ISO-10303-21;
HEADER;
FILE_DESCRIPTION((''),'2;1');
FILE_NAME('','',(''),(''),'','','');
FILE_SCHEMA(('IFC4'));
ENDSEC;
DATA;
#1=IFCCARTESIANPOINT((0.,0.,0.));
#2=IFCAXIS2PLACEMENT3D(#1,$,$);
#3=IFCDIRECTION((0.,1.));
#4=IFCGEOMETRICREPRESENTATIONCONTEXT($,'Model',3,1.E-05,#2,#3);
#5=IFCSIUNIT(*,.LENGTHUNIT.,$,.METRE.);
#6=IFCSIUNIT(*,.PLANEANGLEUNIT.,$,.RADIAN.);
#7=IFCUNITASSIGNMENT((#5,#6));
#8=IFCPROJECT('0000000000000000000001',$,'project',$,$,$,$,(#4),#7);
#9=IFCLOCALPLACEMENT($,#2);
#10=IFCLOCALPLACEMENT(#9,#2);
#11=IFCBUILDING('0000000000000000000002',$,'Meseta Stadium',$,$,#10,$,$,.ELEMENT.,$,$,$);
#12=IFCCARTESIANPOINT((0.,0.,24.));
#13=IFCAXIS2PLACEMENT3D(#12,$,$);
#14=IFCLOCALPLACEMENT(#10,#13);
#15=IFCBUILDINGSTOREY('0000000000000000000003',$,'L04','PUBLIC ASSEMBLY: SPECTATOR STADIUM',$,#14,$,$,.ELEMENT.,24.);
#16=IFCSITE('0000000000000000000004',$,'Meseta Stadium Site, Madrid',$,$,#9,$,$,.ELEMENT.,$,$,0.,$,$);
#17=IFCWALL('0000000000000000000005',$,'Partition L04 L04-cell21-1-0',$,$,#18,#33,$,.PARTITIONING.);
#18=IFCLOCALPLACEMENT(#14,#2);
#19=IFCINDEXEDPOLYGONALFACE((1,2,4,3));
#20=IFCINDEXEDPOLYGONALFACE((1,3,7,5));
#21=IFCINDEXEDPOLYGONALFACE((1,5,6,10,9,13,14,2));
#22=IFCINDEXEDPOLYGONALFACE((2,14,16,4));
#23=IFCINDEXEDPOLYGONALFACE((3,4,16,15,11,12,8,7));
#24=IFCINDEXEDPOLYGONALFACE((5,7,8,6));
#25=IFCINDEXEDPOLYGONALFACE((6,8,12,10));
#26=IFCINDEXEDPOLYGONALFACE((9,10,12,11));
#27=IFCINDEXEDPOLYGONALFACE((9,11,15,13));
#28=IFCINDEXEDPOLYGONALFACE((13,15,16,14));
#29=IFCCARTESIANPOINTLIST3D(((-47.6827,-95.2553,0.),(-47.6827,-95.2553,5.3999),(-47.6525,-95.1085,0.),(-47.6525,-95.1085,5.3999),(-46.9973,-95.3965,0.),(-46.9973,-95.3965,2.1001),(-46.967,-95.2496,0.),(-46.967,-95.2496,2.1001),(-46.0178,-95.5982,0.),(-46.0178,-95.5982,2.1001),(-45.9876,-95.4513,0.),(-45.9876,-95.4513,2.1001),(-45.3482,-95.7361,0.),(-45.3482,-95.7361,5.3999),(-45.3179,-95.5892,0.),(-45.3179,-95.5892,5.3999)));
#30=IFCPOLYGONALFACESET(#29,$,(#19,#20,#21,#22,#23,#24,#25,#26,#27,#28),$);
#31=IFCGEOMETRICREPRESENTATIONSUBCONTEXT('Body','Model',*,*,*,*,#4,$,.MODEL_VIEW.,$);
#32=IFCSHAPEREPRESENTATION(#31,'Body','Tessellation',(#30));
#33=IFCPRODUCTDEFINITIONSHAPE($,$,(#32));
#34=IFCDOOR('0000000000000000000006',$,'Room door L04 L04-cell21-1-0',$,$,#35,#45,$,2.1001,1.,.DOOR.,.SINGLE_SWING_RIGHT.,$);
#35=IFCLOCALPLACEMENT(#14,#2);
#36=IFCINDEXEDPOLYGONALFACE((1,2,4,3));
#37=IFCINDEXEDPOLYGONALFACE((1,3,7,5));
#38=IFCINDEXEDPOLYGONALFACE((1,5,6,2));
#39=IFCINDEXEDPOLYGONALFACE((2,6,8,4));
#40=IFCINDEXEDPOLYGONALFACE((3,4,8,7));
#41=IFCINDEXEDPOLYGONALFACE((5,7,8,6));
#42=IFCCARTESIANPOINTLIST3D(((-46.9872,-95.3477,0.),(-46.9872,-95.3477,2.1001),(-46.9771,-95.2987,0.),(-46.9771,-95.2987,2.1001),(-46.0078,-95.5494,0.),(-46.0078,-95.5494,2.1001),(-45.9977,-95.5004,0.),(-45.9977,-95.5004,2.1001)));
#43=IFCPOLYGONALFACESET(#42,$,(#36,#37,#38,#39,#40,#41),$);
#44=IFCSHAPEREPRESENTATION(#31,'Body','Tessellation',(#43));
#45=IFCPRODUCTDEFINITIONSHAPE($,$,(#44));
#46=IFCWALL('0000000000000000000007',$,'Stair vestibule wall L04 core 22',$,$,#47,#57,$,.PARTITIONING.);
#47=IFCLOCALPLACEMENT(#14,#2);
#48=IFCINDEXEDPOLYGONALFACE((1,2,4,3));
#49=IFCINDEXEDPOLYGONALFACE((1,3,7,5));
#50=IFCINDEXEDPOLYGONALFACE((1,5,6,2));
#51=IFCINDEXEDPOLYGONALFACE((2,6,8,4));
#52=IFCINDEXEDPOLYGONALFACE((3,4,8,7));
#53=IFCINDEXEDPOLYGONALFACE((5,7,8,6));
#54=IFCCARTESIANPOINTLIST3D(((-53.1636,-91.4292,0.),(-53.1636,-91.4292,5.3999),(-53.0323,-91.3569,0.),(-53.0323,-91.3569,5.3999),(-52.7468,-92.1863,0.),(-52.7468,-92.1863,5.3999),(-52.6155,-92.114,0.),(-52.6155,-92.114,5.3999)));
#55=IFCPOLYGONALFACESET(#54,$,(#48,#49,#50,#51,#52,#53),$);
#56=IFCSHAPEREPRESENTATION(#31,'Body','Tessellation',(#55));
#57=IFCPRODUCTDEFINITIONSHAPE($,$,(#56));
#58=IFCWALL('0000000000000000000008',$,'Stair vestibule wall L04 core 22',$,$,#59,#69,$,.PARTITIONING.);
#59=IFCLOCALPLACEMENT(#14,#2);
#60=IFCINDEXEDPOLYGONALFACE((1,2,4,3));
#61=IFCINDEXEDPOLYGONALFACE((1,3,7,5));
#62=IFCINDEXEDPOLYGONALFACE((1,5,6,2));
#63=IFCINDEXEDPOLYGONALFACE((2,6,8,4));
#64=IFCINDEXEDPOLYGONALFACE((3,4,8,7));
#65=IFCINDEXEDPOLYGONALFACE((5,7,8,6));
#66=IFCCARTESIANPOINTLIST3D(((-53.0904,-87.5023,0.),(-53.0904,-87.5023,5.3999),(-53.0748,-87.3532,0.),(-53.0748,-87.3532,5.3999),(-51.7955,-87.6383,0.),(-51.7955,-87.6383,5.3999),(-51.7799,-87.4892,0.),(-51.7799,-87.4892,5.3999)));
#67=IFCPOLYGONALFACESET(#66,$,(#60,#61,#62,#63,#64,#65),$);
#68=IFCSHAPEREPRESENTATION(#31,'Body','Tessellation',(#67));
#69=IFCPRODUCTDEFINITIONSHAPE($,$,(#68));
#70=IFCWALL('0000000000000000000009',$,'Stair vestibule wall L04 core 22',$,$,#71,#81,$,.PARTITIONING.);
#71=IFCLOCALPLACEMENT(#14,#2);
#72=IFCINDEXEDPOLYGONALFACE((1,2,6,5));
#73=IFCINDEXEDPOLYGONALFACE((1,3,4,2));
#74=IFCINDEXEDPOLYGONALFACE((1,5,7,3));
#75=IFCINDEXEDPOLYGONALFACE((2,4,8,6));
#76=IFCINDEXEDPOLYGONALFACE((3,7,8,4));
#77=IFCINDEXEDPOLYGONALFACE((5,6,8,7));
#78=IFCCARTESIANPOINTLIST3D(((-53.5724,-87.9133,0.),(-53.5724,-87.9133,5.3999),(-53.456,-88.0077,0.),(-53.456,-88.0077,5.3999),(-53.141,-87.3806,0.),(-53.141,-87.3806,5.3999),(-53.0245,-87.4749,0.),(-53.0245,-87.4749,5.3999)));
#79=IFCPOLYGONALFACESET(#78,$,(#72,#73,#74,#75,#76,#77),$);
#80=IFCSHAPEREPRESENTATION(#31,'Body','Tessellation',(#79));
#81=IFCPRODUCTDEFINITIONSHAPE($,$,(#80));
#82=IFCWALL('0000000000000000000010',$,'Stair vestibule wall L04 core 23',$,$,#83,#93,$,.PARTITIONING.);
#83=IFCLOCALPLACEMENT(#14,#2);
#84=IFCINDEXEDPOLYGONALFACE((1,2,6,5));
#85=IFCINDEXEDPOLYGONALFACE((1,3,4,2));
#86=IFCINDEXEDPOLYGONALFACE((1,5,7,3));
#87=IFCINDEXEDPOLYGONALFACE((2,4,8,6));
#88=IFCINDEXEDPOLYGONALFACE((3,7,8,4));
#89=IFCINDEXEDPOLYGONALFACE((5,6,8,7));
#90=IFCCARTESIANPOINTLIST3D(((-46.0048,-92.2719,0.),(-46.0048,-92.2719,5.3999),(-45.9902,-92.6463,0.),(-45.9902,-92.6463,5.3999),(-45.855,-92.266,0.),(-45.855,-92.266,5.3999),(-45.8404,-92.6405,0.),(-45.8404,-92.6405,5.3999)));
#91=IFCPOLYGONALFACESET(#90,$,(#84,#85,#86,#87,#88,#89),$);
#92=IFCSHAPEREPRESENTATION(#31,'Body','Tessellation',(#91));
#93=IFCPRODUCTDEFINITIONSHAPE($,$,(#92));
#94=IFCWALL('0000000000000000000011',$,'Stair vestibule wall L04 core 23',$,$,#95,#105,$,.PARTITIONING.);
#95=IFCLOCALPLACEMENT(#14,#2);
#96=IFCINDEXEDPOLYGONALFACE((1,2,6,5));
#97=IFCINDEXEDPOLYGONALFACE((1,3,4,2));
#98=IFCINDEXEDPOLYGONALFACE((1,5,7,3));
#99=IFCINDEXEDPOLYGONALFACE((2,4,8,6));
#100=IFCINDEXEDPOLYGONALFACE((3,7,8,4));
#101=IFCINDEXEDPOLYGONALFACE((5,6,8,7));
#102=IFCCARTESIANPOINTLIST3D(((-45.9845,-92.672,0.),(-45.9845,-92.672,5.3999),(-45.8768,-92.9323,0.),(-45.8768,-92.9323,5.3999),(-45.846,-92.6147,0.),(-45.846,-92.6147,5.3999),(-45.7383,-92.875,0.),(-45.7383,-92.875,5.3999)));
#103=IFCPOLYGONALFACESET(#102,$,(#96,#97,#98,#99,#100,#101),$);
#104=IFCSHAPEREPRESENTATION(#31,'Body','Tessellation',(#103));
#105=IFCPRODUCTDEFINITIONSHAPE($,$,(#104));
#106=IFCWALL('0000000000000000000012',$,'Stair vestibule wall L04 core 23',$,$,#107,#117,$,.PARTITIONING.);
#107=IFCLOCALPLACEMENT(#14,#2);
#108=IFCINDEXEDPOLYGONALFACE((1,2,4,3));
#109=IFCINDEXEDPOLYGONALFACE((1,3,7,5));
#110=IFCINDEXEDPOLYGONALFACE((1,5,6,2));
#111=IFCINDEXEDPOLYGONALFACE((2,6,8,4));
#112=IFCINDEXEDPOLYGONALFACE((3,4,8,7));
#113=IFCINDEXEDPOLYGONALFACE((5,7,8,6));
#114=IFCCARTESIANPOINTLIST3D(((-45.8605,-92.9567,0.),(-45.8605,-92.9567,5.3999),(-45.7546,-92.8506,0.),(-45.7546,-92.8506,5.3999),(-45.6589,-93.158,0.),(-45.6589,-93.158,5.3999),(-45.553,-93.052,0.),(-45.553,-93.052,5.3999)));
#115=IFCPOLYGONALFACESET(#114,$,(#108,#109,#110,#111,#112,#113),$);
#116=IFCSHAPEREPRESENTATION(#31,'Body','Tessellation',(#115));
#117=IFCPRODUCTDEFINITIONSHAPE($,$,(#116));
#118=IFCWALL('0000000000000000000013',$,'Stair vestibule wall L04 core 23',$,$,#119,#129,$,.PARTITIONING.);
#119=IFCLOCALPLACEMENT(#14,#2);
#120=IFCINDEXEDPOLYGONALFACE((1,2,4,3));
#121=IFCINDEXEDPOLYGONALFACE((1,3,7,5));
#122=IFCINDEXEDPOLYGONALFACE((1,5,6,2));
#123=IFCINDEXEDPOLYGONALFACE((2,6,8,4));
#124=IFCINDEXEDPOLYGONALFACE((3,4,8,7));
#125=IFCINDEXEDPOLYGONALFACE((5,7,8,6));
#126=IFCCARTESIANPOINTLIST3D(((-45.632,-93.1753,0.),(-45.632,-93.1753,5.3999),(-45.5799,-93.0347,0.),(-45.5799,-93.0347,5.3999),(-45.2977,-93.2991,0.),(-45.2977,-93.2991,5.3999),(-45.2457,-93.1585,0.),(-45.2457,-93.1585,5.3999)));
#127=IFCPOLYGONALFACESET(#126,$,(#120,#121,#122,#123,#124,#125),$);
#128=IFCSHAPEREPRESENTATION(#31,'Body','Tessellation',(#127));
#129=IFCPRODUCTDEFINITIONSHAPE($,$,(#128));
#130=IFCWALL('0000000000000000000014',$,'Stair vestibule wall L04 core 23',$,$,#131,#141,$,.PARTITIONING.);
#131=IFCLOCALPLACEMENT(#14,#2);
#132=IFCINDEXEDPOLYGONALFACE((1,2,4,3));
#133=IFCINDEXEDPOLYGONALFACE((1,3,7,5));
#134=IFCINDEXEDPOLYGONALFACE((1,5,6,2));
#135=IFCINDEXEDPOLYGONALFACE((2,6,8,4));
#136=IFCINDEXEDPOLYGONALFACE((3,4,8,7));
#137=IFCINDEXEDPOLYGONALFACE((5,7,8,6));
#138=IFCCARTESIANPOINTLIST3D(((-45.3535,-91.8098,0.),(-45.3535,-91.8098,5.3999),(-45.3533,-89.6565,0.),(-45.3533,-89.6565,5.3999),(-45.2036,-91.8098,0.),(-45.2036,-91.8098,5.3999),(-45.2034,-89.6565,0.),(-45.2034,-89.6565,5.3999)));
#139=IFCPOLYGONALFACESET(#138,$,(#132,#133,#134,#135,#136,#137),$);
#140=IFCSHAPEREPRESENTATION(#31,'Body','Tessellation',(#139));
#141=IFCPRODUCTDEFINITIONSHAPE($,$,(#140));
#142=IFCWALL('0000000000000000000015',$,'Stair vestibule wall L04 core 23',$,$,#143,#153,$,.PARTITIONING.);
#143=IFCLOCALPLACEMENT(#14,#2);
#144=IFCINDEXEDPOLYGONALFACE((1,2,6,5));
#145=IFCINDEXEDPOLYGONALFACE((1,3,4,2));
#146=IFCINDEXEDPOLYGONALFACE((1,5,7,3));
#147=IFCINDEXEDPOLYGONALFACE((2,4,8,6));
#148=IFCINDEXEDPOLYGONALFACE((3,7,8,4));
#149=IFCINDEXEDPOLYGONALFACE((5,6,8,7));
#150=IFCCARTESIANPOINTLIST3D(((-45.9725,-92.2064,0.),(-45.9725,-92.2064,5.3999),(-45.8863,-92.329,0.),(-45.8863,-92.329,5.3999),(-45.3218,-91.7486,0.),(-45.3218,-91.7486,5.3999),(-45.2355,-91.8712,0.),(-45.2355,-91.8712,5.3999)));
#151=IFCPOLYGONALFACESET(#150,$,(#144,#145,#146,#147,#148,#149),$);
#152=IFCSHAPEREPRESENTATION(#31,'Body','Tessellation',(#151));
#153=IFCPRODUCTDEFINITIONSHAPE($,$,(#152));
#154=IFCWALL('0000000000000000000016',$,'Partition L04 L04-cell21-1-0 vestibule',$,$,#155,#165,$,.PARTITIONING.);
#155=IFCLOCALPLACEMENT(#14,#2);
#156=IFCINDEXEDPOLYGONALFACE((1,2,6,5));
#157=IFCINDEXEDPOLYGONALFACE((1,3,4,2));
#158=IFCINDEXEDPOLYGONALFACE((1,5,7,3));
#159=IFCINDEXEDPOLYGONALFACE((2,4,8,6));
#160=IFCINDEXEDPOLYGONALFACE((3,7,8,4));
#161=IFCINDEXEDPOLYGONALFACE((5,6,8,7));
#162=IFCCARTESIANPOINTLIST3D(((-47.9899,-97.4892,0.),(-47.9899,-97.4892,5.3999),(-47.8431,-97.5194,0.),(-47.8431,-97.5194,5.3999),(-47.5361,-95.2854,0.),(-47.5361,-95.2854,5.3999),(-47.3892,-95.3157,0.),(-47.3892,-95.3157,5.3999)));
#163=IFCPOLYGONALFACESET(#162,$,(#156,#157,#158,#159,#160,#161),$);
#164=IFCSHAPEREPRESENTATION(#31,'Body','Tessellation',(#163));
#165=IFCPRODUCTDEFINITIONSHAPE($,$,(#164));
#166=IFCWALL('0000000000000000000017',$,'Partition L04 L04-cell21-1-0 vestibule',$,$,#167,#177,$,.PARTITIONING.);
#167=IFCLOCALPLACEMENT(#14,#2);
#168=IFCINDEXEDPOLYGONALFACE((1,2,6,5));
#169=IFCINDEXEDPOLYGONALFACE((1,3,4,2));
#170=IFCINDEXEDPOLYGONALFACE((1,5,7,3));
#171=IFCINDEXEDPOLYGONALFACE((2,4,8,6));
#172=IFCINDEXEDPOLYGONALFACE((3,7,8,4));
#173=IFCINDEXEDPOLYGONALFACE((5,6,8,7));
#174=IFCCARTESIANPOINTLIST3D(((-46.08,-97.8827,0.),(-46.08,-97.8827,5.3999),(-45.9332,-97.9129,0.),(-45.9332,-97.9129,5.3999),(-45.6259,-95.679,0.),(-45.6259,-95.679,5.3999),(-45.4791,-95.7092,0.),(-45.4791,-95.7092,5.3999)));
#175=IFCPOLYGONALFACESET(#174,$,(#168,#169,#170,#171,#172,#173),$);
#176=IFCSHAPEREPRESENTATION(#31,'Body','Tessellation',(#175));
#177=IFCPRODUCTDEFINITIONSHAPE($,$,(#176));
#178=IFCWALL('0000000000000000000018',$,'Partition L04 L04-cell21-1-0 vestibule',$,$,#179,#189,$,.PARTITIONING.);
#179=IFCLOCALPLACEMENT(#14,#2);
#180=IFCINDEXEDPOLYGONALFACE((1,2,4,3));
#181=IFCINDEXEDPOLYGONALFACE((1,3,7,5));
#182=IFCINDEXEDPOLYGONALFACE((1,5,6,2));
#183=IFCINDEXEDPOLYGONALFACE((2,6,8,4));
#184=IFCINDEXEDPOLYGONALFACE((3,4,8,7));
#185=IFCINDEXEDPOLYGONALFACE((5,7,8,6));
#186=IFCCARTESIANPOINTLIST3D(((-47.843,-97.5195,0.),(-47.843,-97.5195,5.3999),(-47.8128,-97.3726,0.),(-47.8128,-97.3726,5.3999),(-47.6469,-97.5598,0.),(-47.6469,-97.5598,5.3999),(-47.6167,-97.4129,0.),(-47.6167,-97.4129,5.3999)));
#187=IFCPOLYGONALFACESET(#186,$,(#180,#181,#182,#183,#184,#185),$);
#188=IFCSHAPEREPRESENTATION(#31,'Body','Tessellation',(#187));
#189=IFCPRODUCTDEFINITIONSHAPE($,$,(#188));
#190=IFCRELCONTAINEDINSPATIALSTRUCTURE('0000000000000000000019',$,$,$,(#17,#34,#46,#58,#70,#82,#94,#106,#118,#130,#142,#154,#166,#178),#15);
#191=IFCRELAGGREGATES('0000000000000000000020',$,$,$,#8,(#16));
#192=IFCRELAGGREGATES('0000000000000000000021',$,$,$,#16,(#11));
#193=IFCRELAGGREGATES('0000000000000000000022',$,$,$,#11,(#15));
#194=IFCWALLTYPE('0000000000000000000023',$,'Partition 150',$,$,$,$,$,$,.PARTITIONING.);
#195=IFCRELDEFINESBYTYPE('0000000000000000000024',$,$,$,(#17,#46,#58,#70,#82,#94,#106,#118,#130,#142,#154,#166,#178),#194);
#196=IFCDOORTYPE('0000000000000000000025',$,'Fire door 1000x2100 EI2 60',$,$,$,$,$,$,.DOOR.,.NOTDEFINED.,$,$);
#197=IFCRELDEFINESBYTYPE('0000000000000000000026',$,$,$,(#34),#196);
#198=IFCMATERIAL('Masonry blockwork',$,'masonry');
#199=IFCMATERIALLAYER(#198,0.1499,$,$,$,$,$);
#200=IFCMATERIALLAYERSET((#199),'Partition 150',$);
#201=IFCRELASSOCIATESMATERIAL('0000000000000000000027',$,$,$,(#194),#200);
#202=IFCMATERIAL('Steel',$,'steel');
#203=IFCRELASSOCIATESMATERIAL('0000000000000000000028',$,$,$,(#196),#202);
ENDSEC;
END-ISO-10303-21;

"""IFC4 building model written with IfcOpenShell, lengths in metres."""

from ifc_helpers import new_model, si_unit, direction, frame, frame_2d, origin, place, context, subcontext, project, spatial, rectangle, extrude, material, layer, layer_set, type_object, element, fill, save


model = new_model("IFC4")

# Units and contexts
model_context = context("Model", 3, precision=1e-05, world=origin(), true_north=direction((0.0, 1.0)))
body_context = subcontext(model_context, "Body", "Model", "MODEL_VIEW")
ifc_project = project(units=[si_unit("LENGTHUNIT", "METRE"), si_unit("PLANEANGLEUNIT", "RADIAN")], contexts=[model_context])

# Site, building, storey
site_placement = place(None, origin())
site = spatial("IfcSite", under=ifc_project, at=site_placement, Name="Meseta Stadium Site, Madrid", CompositionType="ELEMENT", RefElevation=0.0)
building_placement = place(site_placement, origin())
building = spatial("IfcBuilding", under=site, at=building_placement, Name="Meseta Stadium", CompositionType="ELEMENT")
storey_placement = place(building_placement, frame((0.0, 0.0, 24.0)))
storey = spatial("IfcBuildingStorey", under=building, at=storey_placement, Name="L04", Description="PUBLIC ASSEMBLY: SPECTATOR STADIUM", CompositionType="ELEMENT", Elevation=24.0)

# Shared definitions
ifc_material_1 = material(Name="Masonry blockwork", Category="masonry")
ifc_layer_1 = layer(ifc_material_1, 0.1499)
ifc_layer_set_1 = layer_set([ifc_layer_1], Name="Partition 150")
wall_type_1 = type_object("IfcWallType", Name="Partition 150", PredefinedType="PARTITIONING", material=ifc_layer_set_1)

# Wall, opening, door
wall_1_placement = place(storey_placement, frame((-47.6677, -95.1819, 0.0), z_axis=(0.0, 0.0, 1.0), x_axis=(0.97945, -0.201688, 0.0)))
wall_1 = element("IfcWall", 1, at=wall_1_placement, inside=storey, type_object=wall_type_1, Name="Partition L04 L04-cell21-1-0", PredefinedType="PARTITIONING", context=body_context, shape_type="SweptSolid", body=[
    extrude(rectangle(XDim=2.3835, YDim=0.1499, at=frame_2d((1.1919, 0.0))), origin(), (0.0, 0.0, 1.0), 5.3999),
])
opening_1_placement = place(wall_1_placement, frame((0.7, 0.0, 0.0)))
opening_1 = element("IfcOpeningElement", 2, at=opening_1_placement, cuts=wall_1, PredefinedType="OPENING", context=body_context, shape_type="SweptSolid", body=[
    extrude(rectangle(XDim=1.0, YDim=2.1001, at=frame_2d((0.5, 1.05))), frame((0.0, 0.085, 0.0), z_axis=(0.0, -1.0, 0.0), x_axis=(1.0, 0.0, 0.0)), (0.0, 0.0, 1.0), 0.1699),
])
ifc_material_2 = material(Name="Steel", Category="steel")
door_type = type_object("IfcDoorType", Name="Fire door 1000x2100 EI2 60", OperationType="NOTDEFINED", PredefinedType="DOOR", material=ifc_material_2)
door_1_placement = place(opening_1_placement, origin())
door_1 = element("IfcDoor", 3, at=door_1_placement, inside=storey, type_object=door_type, Name="Room door L04 L04-cell21-1-0", OperationType="SINGLE_SWING_RIGHT", OverallHeight=2.1001, OverallWidth=1.0, PredefinedType="DOOR", context=body_context, shape_type="SweptSolid", body=[
    extrude(rectangle(XDim=1.0, YDim=2.1001, at=frame_2d((0.5, 1.05))), frame((0.0, 0.0249, 0.0), z_axis=(0.0, -1.0, 0.0), x_axis=(1.0, 0.0, 0.0)), (0.0, 0.0, 1.0), 0.05),
])
fill(opening_1, door_1)

# Walls
wall_2_placement = place(storey_placement, frame((-52.6812, -92.1501, 0.0), z_axis=(0.0, 0.0, 1.0), x_axis=(-0.482233, 0.876043, 0.0)))
element("IfcWall", 4, at=wall_2_placement, inside=storey, type_object=wall_type_1, Name="Stair vestibule wall L04 core 22", PredefinedType="PARTITIONING", context=body_context, shape_type="SweptSolid", body=[
    extrude(rectangle(XDim=0.8643, YDim=0.1499, at=frame_2d((0.4321, 0.0))), origin(), (0.0, 0.0, 1.0), 5.3999),
])
wall_3_placement = place(storey_placement, frame((-51.7878, -87.5637, 0.0), z_axis=(0.0, 0.0, 1.0), x_axis=(-0.994531, 0.104441, 0.0)))
element("IfcWall", 5, at=wall_3_placement, inside=storey, type_object=wall_type_1, Name="Stair vestibule wall L04 core 22", PredefinedType="PARTITIONING", context=body_context, shape_type="SweptSolid", body=[
    extrude(rectangle(XDim=1.302, YDim=0.1499, at=frame_2d((0.6509, 0.0))), origin(), (0.0, 0.0, 1.0), 5.3999),
])
wall_4_placement = place(storey_placement, frame((-53.0828, -87.4277, 0.0), z_axis=(0.0, 0.0, 1.0), x_axis=(-0.629331, -0.777137, 0.0)))
element("IfcWall", 6, at=wall_4_placement, inside=storey, type_object=wall_type_1, Name="Stair vestibule wall L04 core 22", PredefinedType="PARTITIONING", context=body_context, shape_type="SweptSolid", body=[
    extrude(rectangle(XDim=0.6855, YDim=0.1499, at=frame_2d((0.3428, 0.0))), origin(), (0.0, 0.0, 1.0), 5.3999),
])
wall_5_placement = place(storey_placement, frame((-45.9299, -92.2688, 0.0), z_axis=(0.0, 0.0, 1.0), x_axis=(0.039084, -0.999236, 0.0)))
element("IfcWall", 7, at=wall_5_placement, inside=storey, type_object=wall_type_1, Name="Stair vestibule wall L04 core 23", PredefinedType="PARTITIONING", context=body_context, shape_type="SweptSolid", body=[
    extrude(rectangle(XDim=0.3748, YDim=0.1499, at=frame_2d((0.1875, 0.0))), origin(), (0.0, 0.0, 1.0), 5.3999),
])
wall_6_placement = place(storey_placement, frame((-45.9153, -92.6433, 0.0), z_axis=(0.0, 0.0, 1.0), x_axis=(0.382275, -0.924049, 0.0)))
element("IfcWall", 8, at=wall_6_placement, inside=storey, type_object=wall_type_1, Name="Stair vestibule wall L04 core 23", PredefinedType="PARTITIONING", context=body_context, shape_type="SweptSolid", body=[
    extrude(rectangle(XDim=0.2817, YDim=0.1499, at=frame_2d((0.1409, 0.0))), origin(), (0.0, 0.0, 1.0), 5.3999),
])
wall_7_placement = place(storey_placement, frame((-45.8076, -92.9036, 0.0), z_axis=(0.0, 0.0, 1.0), x_axis=(0.707535, -0.706678, 0.0)))
element("IfcWall", 9, at=wall_7_placement, inside=storey, type_object=wall_type_1, Name="Stair vestibule wall L04 core 23", PredefinedType="PARTITIONING", context=body_context, shape_type="SweptSolid", body=[
    extrude(rectangle(XDim=0.2849, YDim=0.1499, at=frame_2d((0.1426, 0.0))), origin(), (0.0, 0.0, 1.0), 5.3999),
])
wall_8_placement = place(storey_placement, frame((-45.606, -93.105, 0.0), z_axis=(0.0, 0.0, 1.0), x_axis=(0.937757, -0.347292, 0.0)))
element("IfcWall", 10, at=wall_8_placement, inside=storey, type_object=wall_type_1, Name="Stair vestibule wall L04 core 23", PredefinedType="PARTITIONING", context=body_context, shape_type="SweptSolid", body=[
    extrude(rectangle(XDim=0.3564, YDim=0.1499, at=frame_2d((0.1782, 0.0))), origin(), (0.0, 0.0, 1.0), 5.3999),
])
wall_9_placement = place(storey_placement, frame((-45.2783, -89.6565, 0.0), z_axis=(0.0, 0.0, 1.0), x_axis=(-0.000113, -1.0, 0.0)))
element("IfcWall", 11, at=wall_9_placement, inside=storey, type_object=wall_type_1, Name="Stair vestibule wall L04 core 23", PredefinedType="PARTITIONING", context=body_context, shape_type="SweptSolid", body=[
    extrude(rectangle(XDim=2.1533, YDim=0.1499, at=frame_2d((1.0767, 0.0))), origin(), (0.0, 0.0, 1.0), 5.3999),
])
wall_10_placement = place(storey_placement, frame((-45.2786, -91.8098, 0.0), z_axis=(0.0, 0.0, 1.0), x_axis=(-0.81786, -0.575417, 0.0)))
element("IfcWall", 12, at=wall_10_placement, inside=storey, type_object=wall_type_1, Name="Stair vestibule wall L04 core 23", PredefinedType="PARTITIONING", context=body_context, shape_type="SweptSolid", body=[
    extrude(rectangle(XDim=0.7957, YDim=0.1499, at=frame_2d((0.3979, 0.0))), origin(), (0.0, 0.0, 1.0), 5.3999),
])
for number, where, z_axis, x_axis, name in (
    (13, (-47.4626, -95.3005, 0.0), (0.0, 0.0, 1.0), (-0.201705, -0.979446, 0.0), "Partition L04 L04-cell21-1-0 vestibule"),
    (14, (-45.5525, -95.6941, 0.0), (0.0, 0.0, 1.0), (-0.20183, -0.97942, 0.0), "Partition L04 L04-cell21-1-0 vestibule"),
):
    element("IfcWall", number, at=place(storey_placement, frame(where, z_axis=z_axis, x_axis=x_axis)), inside=storey, type_object=wall_type_1, Name=name, PredefinedType="PARTITIONING", context=body_context, shape_type="SweptSolid", body=[
        extrude(rectangle(XDim=2.25, YDim=0.1499, at=frame_2d((1.125, 0.0))), origin(), (0.0, 0.0, 1.0), 5.3999),
    ])
wall_11_placement = place(storey_placement, frame((-47.8279, -97.446, 0.0), z_axis=(0.0, 0.0, 1.0), x_axis=(0.979535, -0.201274, 0.0)))
element("IfcWall", 15, at=wall_11_placement, inside=storey, type_object=wall_type_1, Name="Partition L04 L04-cell21-1-0 vestibule", PredefinedType="PARTITIONING", context=body_context, shape_type="SweptSolid", body=[
    extrude(rectangle(XDim=0.2002, YDim=0.1499, at=frame_2d((0.1001, 0.0))), origin(), (0.0, 0.0, 1.0), 5.3999),
])

save(model, "model.ifc")
